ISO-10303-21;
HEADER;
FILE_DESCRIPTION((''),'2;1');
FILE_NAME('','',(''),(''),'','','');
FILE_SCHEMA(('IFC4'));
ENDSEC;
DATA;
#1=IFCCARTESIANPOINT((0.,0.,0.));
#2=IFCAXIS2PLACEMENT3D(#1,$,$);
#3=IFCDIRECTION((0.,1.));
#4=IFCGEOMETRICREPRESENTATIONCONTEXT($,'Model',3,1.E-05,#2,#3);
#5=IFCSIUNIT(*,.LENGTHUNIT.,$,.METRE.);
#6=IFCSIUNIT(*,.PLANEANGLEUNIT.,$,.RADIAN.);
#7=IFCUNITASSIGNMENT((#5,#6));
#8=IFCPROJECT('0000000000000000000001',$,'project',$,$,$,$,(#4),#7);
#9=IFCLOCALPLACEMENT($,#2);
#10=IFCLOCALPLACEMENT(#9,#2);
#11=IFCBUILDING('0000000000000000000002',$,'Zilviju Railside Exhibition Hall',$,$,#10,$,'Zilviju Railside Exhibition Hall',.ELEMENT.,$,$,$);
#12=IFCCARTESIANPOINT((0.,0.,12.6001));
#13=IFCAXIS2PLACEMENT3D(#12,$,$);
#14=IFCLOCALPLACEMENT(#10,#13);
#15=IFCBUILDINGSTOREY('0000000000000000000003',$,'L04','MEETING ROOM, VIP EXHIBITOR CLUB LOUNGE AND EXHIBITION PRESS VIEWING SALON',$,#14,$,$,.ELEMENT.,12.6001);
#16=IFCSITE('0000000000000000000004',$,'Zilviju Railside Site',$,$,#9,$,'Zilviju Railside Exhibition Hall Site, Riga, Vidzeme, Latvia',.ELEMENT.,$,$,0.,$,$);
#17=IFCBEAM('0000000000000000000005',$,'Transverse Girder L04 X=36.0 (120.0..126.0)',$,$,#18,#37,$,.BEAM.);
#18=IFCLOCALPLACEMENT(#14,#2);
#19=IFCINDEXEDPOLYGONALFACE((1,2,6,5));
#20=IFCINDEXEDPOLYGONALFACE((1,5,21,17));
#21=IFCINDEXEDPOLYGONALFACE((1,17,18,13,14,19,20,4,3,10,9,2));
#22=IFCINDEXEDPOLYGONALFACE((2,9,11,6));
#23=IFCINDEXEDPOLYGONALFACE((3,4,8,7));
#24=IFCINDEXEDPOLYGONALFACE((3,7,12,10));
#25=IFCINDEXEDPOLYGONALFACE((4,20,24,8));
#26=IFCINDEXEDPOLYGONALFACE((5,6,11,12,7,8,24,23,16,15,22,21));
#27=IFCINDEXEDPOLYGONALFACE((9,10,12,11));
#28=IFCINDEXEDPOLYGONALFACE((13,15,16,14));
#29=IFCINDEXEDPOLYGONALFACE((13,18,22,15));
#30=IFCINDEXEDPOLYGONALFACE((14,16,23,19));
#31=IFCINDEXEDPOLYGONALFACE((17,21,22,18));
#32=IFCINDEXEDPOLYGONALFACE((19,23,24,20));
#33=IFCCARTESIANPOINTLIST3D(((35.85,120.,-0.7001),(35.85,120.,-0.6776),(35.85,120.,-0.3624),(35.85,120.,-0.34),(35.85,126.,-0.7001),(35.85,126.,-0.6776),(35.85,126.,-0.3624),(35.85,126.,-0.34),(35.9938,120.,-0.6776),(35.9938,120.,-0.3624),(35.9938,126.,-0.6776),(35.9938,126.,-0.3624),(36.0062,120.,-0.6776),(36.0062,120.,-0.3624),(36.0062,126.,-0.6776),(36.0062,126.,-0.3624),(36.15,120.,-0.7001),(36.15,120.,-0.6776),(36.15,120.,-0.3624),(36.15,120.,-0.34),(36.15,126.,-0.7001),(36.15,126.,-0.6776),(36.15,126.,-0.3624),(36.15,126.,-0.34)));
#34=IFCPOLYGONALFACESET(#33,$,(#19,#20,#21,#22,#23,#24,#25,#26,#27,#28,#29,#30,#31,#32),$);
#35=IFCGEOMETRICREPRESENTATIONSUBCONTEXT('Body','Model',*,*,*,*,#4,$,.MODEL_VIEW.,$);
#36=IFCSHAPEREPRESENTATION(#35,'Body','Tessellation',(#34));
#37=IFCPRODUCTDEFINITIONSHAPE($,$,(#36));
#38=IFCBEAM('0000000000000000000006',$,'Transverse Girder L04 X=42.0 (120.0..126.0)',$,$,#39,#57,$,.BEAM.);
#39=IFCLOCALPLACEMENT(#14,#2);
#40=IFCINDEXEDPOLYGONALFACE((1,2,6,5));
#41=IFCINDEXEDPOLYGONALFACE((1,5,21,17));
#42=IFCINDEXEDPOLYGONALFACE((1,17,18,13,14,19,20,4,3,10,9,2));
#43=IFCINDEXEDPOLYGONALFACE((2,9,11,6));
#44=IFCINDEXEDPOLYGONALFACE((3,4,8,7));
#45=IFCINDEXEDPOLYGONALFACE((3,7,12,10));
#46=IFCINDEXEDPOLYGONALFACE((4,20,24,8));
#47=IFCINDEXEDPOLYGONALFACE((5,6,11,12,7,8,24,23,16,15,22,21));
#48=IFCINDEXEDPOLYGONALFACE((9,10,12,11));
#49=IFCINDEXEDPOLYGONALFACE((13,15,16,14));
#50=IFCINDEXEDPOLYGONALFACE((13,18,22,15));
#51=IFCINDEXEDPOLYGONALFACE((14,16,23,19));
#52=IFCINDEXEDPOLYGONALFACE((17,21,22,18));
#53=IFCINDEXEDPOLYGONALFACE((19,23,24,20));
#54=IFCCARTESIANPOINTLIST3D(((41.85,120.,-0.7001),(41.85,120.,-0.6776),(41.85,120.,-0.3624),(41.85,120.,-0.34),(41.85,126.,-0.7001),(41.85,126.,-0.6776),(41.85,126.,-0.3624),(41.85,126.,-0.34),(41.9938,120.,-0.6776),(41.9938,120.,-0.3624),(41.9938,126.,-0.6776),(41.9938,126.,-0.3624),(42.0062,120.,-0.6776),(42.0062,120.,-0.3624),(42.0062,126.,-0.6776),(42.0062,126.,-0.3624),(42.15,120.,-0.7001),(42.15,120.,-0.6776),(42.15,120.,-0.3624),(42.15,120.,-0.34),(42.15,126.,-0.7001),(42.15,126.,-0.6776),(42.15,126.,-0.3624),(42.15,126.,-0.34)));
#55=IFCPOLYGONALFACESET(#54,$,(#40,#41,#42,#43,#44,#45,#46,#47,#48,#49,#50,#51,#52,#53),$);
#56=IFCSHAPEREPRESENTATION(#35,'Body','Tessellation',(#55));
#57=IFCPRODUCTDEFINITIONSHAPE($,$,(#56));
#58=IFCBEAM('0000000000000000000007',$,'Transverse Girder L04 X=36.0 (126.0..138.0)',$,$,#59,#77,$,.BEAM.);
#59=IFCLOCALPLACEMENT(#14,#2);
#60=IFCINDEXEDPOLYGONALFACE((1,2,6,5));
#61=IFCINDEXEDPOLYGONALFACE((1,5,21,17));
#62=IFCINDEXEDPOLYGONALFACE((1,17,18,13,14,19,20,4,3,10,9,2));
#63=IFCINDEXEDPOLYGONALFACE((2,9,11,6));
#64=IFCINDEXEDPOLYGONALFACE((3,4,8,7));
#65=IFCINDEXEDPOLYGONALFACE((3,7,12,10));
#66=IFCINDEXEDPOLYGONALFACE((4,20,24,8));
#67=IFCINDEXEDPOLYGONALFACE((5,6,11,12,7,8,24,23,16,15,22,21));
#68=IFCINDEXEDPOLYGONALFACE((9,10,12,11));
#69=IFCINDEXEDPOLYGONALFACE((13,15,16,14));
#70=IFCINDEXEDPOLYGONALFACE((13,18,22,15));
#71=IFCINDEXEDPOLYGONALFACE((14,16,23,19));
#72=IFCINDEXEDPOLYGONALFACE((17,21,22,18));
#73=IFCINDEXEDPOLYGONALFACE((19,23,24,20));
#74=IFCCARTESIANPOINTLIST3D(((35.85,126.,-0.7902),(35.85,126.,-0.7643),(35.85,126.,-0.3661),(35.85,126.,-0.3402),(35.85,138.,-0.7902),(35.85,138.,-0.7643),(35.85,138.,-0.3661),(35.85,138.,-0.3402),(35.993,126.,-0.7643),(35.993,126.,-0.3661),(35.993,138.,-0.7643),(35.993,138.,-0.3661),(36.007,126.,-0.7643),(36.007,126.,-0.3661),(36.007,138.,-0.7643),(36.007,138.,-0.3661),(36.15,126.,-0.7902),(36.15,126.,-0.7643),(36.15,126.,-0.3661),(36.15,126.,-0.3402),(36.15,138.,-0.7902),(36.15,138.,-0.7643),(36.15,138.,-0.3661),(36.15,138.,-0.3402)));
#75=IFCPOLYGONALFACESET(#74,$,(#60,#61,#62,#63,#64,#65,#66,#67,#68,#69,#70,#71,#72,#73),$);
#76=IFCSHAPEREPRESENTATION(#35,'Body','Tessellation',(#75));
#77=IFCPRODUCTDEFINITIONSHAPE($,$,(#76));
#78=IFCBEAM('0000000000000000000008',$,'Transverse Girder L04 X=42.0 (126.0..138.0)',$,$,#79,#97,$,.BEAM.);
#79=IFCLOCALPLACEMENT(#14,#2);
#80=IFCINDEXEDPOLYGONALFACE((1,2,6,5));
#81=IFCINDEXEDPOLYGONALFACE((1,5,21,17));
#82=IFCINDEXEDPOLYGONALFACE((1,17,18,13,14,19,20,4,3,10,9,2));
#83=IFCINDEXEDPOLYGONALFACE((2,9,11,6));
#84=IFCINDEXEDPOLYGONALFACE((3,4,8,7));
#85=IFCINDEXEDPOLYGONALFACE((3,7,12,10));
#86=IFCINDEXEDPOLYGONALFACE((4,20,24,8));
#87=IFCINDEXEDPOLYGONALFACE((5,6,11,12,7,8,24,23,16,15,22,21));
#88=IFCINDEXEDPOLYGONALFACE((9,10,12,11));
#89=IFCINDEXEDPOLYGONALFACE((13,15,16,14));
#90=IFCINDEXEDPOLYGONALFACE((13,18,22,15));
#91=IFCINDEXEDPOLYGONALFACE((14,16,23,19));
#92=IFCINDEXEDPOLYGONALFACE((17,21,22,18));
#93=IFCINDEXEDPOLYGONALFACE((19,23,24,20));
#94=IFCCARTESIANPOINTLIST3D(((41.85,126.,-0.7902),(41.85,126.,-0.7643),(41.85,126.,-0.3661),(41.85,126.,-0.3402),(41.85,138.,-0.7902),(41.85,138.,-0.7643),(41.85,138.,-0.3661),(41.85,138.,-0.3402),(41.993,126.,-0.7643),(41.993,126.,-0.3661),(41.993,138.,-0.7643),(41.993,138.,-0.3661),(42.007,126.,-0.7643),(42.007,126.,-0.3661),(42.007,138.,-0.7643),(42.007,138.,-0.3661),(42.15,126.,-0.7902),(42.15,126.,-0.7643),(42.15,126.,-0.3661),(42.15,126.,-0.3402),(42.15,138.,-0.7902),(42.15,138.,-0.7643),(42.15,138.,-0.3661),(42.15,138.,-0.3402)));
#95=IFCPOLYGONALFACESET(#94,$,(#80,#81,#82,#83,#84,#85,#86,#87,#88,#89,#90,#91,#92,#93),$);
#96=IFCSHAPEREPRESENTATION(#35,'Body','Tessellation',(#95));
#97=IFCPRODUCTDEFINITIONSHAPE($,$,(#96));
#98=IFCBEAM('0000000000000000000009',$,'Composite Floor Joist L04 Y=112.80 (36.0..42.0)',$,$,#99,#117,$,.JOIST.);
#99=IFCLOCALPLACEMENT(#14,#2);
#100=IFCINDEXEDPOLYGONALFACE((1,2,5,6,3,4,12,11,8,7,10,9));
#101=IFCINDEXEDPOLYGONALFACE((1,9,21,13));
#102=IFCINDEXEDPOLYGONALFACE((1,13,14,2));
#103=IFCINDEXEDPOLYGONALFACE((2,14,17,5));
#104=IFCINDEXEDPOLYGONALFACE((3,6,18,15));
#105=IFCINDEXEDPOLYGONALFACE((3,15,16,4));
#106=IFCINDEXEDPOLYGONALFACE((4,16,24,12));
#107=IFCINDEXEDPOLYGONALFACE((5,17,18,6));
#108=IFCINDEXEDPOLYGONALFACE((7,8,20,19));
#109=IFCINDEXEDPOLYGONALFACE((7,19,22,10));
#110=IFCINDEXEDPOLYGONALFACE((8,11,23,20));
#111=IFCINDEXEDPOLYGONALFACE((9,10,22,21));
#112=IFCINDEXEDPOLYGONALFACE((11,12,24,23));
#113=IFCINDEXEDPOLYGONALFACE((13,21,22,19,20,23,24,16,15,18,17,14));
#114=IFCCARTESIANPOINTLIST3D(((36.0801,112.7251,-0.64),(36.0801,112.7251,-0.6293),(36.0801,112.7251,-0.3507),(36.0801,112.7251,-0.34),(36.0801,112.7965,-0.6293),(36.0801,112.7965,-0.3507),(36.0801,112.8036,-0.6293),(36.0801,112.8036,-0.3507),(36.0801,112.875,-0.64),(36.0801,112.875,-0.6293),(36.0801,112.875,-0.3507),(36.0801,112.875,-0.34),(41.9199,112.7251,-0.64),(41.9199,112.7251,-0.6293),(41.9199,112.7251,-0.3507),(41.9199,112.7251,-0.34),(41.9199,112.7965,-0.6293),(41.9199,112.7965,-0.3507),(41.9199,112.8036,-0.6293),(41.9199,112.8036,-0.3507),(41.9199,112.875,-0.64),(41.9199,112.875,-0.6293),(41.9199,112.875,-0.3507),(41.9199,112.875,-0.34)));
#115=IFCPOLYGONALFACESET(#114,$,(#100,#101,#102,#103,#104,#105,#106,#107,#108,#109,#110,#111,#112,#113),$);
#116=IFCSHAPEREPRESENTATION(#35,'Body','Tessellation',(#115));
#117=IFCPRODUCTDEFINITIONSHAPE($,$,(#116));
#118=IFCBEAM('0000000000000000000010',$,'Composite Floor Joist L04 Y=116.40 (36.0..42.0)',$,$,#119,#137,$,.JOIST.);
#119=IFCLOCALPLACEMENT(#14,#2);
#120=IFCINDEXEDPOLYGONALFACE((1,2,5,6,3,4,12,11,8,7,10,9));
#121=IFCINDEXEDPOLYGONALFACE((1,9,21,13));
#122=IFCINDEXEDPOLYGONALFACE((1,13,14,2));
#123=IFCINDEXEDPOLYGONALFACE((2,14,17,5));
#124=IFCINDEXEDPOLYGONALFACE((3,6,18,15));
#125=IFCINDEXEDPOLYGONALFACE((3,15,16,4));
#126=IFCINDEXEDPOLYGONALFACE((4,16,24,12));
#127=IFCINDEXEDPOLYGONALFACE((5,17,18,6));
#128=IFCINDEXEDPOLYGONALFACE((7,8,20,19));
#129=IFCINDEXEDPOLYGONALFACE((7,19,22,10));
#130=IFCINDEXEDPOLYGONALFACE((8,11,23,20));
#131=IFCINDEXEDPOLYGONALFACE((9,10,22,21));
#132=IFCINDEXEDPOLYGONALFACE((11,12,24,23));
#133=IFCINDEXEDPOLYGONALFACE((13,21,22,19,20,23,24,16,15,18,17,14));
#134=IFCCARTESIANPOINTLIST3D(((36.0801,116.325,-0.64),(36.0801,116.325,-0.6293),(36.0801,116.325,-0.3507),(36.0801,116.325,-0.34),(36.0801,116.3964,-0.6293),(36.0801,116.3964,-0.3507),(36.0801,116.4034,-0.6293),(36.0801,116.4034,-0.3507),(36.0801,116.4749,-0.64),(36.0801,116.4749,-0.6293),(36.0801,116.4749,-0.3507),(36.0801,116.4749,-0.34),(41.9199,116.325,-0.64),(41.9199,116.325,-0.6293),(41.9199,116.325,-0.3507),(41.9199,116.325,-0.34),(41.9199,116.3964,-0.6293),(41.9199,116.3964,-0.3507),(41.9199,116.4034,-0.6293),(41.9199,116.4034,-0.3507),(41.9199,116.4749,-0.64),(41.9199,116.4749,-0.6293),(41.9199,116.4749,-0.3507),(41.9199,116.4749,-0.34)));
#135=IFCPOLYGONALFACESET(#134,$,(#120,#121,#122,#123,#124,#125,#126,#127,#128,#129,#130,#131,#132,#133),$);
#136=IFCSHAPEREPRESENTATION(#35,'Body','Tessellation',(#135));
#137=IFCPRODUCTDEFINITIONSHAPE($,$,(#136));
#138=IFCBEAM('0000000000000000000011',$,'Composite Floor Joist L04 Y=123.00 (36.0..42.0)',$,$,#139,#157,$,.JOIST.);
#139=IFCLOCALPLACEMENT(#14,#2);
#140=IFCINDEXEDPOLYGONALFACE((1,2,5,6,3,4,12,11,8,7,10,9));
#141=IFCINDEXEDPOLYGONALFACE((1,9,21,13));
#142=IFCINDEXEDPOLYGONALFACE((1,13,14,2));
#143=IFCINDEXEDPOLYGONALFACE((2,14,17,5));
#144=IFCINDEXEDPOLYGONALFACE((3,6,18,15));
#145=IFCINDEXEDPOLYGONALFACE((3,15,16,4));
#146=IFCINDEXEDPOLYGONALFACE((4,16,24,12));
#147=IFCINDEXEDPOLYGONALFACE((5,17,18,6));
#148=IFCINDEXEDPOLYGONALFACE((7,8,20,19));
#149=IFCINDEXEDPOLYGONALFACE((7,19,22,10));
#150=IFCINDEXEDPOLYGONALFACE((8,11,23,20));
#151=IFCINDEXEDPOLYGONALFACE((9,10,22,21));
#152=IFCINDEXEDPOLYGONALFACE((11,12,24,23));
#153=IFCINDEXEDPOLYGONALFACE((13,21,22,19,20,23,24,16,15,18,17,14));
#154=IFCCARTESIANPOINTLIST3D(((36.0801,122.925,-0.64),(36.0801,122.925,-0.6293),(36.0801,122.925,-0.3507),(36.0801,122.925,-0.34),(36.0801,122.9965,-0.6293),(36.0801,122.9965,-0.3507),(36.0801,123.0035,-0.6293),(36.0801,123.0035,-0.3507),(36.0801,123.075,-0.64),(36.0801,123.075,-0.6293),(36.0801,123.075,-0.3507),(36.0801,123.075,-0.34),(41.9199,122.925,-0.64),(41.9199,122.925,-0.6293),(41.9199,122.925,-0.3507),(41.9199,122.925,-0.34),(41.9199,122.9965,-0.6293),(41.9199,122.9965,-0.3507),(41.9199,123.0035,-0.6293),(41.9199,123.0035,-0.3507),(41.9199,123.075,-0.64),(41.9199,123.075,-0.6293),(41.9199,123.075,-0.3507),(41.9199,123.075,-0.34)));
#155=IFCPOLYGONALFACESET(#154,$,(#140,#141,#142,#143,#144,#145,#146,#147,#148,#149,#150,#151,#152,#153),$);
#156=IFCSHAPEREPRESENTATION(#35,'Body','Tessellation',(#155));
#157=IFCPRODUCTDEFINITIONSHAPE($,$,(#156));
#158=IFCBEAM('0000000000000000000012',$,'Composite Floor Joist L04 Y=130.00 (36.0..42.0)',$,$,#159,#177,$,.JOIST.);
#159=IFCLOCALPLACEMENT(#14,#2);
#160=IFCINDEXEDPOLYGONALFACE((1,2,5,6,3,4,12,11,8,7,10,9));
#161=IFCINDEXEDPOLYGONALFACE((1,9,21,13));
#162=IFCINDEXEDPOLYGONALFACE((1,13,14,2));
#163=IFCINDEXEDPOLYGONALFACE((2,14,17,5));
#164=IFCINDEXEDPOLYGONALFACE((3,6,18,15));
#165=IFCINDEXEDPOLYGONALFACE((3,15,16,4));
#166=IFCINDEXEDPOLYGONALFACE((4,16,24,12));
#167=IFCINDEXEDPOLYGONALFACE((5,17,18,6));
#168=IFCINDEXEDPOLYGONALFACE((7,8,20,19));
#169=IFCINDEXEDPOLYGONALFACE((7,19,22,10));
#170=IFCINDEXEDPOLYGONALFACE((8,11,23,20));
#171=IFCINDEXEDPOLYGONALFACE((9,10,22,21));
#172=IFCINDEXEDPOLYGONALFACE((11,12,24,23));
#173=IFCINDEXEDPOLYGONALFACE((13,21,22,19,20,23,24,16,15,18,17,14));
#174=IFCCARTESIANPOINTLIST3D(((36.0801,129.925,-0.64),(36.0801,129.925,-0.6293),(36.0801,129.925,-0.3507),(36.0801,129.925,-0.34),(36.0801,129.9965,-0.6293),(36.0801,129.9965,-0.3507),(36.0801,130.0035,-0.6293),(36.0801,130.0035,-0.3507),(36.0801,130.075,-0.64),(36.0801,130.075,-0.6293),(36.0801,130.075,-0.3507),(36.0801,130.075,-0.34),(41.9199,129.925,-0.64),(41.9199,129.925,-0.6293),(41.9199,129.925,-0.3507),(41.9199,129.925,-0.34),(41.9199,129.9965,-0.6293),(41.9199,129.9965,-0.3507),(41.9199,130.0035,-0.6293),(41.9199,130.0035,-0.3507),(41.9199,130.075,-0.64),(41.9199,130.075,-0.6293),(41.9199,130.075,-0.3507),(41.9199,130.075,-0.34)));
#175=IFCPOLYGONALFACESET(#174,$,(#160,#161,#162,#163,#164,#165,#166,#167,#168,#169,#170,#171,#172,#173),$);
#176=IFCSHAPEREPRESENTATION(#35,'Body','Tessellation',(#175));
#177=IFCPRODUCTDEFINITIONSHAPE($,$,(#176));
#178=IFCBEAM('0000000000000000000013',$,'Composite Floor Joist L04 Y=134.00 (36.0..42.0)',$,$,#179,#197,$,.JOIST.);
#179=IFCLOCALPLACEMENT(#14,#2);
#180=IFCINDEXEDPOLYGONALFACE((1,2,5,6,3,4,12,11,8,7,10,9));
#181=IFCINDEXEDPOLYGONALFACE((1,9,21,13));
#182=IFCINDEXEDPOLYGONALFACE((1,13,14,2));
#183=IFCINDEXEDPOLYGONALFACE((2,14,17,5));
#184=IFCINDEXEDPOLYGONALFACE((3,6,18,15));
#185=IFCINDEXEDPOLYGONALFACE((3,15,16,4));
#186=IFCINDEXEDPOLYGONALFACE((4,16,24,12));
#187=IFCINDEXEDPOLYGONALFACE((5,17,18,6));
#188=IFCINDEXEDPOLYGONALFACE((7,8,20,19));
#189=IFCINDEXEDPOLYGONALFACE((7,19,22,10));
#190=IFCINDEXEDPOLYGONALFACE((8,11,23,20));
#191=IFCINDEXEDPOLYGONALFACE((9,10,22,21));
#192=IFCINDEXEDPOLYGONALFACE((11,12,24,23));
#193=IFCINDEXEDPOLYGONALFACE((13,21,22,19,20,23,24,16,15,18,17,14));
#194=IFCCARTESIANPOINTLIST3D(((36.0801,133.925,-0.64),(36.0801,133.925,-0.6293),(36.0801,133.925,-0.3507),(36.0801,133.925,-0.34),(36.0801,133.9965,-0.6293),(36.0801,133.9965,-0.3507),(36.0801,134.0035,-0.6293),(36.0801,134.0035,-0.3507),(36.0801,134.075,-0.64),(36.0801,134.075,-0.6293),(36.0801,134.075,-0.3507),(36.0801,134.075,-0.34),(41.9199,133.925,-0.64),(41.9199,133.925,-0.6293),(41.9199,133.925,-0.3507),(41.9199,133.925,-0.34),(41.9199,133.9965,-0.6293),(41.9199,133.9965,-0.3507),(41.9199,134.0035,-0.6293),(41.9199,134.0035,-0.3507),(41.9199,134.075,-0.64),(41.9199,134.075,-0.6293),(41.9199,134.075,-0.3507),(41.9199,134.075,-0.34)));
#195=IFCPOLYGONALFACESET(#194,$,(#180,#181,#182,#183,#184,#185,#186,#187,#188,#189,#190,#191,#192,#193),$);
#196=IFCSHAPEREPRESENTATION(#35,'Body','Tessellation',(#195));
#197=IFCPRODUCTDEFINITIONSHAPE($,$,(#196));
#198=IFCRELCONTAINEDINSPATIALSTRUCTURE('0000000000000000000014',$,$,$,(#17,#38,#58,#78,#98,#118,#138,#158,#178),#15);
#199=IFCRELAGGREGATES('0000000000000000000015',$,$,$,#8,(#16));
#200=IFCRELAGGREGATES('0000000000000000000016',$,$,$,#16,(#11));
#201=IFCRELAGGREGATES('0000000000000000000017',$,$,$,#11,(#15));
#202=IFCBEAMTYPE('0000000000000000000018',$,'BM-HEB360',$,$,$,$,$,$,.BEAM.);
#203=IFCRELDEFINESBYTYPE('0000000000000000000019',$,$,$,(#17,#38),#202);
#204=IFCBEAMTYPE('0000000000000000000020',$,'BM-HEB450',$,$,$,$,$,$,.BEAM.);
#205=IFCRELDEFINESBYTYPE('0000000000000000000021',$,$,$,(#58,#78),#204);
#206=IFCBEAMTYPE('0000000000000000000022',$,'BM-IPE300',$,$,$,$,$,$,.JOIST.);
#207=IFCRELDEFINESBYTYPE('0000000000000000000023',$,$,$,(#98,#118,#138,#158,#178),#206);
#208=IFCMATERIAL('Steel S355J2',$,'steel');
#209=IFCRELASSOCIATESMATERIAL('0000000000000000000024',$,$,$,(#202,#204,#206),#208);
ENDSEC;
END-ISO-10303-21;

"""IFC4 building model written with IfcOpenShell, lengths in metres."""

from ifc_helpers import new_model, si_unit, direction, frame, origin, origin_2d, place, context, subcontext, project, spatial, i_section, extrude, material, material_profile, profile_set, type_object, element, save


model = new_model("IFC4")

# Units and contexts
model_context = context("Model", 3, precision=1e-05, world=origin(), true_north=direction((0.0, 1.0)))
body_context = subcontext(model_context, "Body", "Model", "MODEL_VIEW")
ifc_project = project(units=[si_unit("LENGTHUNIT", "METRE"), si_unit("PLANEANGLEUNIT", "RADIAN")], contexts=[model_context])

# Site, building, storey
site_placement = place(None, origin())
site = spatial("IfcSite", under=ifc_project, at=site_placement, Name="Zilviju Railside Site", LongName="Zilviju Railside Exhibition Hall Site, Riga, Vidzeme, Latvia", CompositionType="ELEMENT", RefElevation=0.0)
building_placement = place(site_placement, origin())
building = spatial("IfcBuilding", under=site, at=building_placement, Name="Zilviju Railside Exhibition Hall", LongName="Zilviju Railside Exhibition Hall", CompositionType="ELEMENT")
storey_placement = place(building_placement, frame((0.0, 0.0, 12.6001)))
storey = spatial("IfcBuildingStorey", under=building, at=storey_placement, Name="L04", Description="MEETING ROOM, VIP EXHIBITOR CLUB LOUNGE AND EXHIBITION PRESS VIEWING SALON", CompositionType="ELEMENT", Elevation=12.6001)

# Beams
ifc_material_1 = material(Name="Steel S355J2", Category="steel")
ifc_material_profile_1 = material_profile(ifc_material_1, i_section(OverallWidth=0.3, OverallDepth=0.3601, WebThickness=0.0125, FlangeThickness=0.0225, at=origin_2d()), Name="HEB 360")
ifc_profile_set_1 = profile_set([ifc_material_profile_1], Name="Steel S355J2")
beam_type_1 = type_object("IfcBeamType", Name="BM-HEB360", PredefinedType="BEAM", material=ifc_profile_set_1)
for number, where, z_axis, x_axis, name in (
    (1, (36.0, 120.0, -0.52), (0.0, 1.0, 0.0), (-1.0, 0.0, 0.0), "Transverse Girder L04 X=36.0 (120.0..126.0)"),
    (2, (42.0, 120.0, -0.52), (0.0, 1.0, 0.0), (-1.0, 0.0, 0.0), "Transverse Girder L04 X=42.0 (120.0..126.0)"),
):
    element("IfcBeam", number, at=place(storey_placement, frame(where, z_axis=z_axis, x_axis=x_axis)), inside=storey, type_object=beam_type_1, Name=name, PredefinedType="BEAM", context=body_context, shape_type="SweptSolid", body=[
        extrude(i_section(OverallWidth=0.3, OverallDepth=0.3601, WebThickness=0.0125, FlangeThickness=0.0225, at=origin_2d()), origin(), (0.0, 0.0, 1.0), 6.0),
    ])
ifc_material_profile_2 = material_profile(ifc_material_1, i_section(OverallWidth=0.3, OverallDepth=0.45, WebThickness=0.0139, FlangeThickness=0.0259, at=origin_2d()), Name="HEB 450")
ifc_profile_set_2 = profile_set([ifc_material_profile_2], Name="Steel S355J2")
beam_type_2 = type_object("IfcBeamType", Name="BM-HEB450", PredefinedType="BEAM", material=ifc_profile_set_2)
for number, where, z_axis, x_axis, name in (
    (3, (36.0, 126.0, -0.5652), (0.0, 1.0, 0.0), (-1.0, 0.0, 0.0), "Transverse Girder L04 X=36.0 (126.0..138.0)"),
    (4, (42.0, 126.0, -0.5652), (0.0, 1.0, 0.0), (-1.0, 0.0, 0.0), "Transverse Girder L04 X=42.0 (126.0..138.0)"),
):
    element("IfcBeam", number, at=place(storey_placement, frame(where, z_axis=z_axis, x_axis=x_axis)), inside=storey, type_object=beam_type_2, Name=name, PredefinedType="BEAM", context=body_context, shape_type="SweptSolid", body=[
        extrude(i_section(OverallWidth=0.3, OverallDepth=0.45, WebThickness=0.0139, FlangeThickness=0.0259, at=origin_2d()), origin(), (0.0, 0.0, 1.0), 12.0),
    ])
ifc_material_profile_3 = material_profile(ifc_material_1, i_section(OverallWidth=0.1499, OverallDepth=0.3, WebThickness=0.0071, FlangeThickness=0.0107, at=origin_2d()), Name="IPE 300")
ifc_profile_set_3 = profile_set([ifc_material_profile_3], Name="Steel S355J2")
beam_type_3 = type_object("IfcBeamType", Name="BM-IPE300", PredefinedType="JOIST", material=ifc_profile_set_3)
for number, where, z_axis, x_axis, name in (
    (5, (36.0801, 112.8, -0.49), (1.0, 0.0, 0.0), (0.0, 1.0, 0.0), "Composite Floor Joist L04 Y=112.80 (36.0..42.0)"),
    (6, (36.0801, 116.3999, -0.49), (1.0, 0.0, 0.0), (0.0, 1.0, 0.0), "Composite Floor Joist L04 Y=116.40 (36.0..42.0)"),
    (7, (36.0801, 123.0, -0.49), (1.0, 0.0, 0.0), (0.0, 1.0, 0.0), "Composite Floor Joist L04 Y=123.00 (36.0..42.0)"),
    (8, (36.0801, 130.0, -0.49), (1.0, 0.0, 0.0), (0.0, 1.0, 0.0), "Composite Floor Joist L04 Y=130.00 (36.0..42.0)"),
    (9, (36.0801, 134.0, -0.49), (1.0, 0.0, 0.0), (0.0, 1.0, 0.0), "Composite Floor Joist L04 Y=134.00 (36.0..42.0)"),
):
    element("IfcBeam", number, at=place(storey_placement, frame(where, z_axis=z_axis, x_axis=x_axis)), inside=storey, type_object=beam_type_3, Name=name, PredefinedType="JOIST", context=body_context, shape_type="SweptSolid", body=[
        extrude(i_section(OverallWidth=0.1499, OverallDepth=0.3, WebThickness=0.0071, FlangeThickness=0.0107, at=origin_2d()), origin(), (0.0, 0.0, 1.0), 5.8398),
    ])

save(model, "model.ifc")
